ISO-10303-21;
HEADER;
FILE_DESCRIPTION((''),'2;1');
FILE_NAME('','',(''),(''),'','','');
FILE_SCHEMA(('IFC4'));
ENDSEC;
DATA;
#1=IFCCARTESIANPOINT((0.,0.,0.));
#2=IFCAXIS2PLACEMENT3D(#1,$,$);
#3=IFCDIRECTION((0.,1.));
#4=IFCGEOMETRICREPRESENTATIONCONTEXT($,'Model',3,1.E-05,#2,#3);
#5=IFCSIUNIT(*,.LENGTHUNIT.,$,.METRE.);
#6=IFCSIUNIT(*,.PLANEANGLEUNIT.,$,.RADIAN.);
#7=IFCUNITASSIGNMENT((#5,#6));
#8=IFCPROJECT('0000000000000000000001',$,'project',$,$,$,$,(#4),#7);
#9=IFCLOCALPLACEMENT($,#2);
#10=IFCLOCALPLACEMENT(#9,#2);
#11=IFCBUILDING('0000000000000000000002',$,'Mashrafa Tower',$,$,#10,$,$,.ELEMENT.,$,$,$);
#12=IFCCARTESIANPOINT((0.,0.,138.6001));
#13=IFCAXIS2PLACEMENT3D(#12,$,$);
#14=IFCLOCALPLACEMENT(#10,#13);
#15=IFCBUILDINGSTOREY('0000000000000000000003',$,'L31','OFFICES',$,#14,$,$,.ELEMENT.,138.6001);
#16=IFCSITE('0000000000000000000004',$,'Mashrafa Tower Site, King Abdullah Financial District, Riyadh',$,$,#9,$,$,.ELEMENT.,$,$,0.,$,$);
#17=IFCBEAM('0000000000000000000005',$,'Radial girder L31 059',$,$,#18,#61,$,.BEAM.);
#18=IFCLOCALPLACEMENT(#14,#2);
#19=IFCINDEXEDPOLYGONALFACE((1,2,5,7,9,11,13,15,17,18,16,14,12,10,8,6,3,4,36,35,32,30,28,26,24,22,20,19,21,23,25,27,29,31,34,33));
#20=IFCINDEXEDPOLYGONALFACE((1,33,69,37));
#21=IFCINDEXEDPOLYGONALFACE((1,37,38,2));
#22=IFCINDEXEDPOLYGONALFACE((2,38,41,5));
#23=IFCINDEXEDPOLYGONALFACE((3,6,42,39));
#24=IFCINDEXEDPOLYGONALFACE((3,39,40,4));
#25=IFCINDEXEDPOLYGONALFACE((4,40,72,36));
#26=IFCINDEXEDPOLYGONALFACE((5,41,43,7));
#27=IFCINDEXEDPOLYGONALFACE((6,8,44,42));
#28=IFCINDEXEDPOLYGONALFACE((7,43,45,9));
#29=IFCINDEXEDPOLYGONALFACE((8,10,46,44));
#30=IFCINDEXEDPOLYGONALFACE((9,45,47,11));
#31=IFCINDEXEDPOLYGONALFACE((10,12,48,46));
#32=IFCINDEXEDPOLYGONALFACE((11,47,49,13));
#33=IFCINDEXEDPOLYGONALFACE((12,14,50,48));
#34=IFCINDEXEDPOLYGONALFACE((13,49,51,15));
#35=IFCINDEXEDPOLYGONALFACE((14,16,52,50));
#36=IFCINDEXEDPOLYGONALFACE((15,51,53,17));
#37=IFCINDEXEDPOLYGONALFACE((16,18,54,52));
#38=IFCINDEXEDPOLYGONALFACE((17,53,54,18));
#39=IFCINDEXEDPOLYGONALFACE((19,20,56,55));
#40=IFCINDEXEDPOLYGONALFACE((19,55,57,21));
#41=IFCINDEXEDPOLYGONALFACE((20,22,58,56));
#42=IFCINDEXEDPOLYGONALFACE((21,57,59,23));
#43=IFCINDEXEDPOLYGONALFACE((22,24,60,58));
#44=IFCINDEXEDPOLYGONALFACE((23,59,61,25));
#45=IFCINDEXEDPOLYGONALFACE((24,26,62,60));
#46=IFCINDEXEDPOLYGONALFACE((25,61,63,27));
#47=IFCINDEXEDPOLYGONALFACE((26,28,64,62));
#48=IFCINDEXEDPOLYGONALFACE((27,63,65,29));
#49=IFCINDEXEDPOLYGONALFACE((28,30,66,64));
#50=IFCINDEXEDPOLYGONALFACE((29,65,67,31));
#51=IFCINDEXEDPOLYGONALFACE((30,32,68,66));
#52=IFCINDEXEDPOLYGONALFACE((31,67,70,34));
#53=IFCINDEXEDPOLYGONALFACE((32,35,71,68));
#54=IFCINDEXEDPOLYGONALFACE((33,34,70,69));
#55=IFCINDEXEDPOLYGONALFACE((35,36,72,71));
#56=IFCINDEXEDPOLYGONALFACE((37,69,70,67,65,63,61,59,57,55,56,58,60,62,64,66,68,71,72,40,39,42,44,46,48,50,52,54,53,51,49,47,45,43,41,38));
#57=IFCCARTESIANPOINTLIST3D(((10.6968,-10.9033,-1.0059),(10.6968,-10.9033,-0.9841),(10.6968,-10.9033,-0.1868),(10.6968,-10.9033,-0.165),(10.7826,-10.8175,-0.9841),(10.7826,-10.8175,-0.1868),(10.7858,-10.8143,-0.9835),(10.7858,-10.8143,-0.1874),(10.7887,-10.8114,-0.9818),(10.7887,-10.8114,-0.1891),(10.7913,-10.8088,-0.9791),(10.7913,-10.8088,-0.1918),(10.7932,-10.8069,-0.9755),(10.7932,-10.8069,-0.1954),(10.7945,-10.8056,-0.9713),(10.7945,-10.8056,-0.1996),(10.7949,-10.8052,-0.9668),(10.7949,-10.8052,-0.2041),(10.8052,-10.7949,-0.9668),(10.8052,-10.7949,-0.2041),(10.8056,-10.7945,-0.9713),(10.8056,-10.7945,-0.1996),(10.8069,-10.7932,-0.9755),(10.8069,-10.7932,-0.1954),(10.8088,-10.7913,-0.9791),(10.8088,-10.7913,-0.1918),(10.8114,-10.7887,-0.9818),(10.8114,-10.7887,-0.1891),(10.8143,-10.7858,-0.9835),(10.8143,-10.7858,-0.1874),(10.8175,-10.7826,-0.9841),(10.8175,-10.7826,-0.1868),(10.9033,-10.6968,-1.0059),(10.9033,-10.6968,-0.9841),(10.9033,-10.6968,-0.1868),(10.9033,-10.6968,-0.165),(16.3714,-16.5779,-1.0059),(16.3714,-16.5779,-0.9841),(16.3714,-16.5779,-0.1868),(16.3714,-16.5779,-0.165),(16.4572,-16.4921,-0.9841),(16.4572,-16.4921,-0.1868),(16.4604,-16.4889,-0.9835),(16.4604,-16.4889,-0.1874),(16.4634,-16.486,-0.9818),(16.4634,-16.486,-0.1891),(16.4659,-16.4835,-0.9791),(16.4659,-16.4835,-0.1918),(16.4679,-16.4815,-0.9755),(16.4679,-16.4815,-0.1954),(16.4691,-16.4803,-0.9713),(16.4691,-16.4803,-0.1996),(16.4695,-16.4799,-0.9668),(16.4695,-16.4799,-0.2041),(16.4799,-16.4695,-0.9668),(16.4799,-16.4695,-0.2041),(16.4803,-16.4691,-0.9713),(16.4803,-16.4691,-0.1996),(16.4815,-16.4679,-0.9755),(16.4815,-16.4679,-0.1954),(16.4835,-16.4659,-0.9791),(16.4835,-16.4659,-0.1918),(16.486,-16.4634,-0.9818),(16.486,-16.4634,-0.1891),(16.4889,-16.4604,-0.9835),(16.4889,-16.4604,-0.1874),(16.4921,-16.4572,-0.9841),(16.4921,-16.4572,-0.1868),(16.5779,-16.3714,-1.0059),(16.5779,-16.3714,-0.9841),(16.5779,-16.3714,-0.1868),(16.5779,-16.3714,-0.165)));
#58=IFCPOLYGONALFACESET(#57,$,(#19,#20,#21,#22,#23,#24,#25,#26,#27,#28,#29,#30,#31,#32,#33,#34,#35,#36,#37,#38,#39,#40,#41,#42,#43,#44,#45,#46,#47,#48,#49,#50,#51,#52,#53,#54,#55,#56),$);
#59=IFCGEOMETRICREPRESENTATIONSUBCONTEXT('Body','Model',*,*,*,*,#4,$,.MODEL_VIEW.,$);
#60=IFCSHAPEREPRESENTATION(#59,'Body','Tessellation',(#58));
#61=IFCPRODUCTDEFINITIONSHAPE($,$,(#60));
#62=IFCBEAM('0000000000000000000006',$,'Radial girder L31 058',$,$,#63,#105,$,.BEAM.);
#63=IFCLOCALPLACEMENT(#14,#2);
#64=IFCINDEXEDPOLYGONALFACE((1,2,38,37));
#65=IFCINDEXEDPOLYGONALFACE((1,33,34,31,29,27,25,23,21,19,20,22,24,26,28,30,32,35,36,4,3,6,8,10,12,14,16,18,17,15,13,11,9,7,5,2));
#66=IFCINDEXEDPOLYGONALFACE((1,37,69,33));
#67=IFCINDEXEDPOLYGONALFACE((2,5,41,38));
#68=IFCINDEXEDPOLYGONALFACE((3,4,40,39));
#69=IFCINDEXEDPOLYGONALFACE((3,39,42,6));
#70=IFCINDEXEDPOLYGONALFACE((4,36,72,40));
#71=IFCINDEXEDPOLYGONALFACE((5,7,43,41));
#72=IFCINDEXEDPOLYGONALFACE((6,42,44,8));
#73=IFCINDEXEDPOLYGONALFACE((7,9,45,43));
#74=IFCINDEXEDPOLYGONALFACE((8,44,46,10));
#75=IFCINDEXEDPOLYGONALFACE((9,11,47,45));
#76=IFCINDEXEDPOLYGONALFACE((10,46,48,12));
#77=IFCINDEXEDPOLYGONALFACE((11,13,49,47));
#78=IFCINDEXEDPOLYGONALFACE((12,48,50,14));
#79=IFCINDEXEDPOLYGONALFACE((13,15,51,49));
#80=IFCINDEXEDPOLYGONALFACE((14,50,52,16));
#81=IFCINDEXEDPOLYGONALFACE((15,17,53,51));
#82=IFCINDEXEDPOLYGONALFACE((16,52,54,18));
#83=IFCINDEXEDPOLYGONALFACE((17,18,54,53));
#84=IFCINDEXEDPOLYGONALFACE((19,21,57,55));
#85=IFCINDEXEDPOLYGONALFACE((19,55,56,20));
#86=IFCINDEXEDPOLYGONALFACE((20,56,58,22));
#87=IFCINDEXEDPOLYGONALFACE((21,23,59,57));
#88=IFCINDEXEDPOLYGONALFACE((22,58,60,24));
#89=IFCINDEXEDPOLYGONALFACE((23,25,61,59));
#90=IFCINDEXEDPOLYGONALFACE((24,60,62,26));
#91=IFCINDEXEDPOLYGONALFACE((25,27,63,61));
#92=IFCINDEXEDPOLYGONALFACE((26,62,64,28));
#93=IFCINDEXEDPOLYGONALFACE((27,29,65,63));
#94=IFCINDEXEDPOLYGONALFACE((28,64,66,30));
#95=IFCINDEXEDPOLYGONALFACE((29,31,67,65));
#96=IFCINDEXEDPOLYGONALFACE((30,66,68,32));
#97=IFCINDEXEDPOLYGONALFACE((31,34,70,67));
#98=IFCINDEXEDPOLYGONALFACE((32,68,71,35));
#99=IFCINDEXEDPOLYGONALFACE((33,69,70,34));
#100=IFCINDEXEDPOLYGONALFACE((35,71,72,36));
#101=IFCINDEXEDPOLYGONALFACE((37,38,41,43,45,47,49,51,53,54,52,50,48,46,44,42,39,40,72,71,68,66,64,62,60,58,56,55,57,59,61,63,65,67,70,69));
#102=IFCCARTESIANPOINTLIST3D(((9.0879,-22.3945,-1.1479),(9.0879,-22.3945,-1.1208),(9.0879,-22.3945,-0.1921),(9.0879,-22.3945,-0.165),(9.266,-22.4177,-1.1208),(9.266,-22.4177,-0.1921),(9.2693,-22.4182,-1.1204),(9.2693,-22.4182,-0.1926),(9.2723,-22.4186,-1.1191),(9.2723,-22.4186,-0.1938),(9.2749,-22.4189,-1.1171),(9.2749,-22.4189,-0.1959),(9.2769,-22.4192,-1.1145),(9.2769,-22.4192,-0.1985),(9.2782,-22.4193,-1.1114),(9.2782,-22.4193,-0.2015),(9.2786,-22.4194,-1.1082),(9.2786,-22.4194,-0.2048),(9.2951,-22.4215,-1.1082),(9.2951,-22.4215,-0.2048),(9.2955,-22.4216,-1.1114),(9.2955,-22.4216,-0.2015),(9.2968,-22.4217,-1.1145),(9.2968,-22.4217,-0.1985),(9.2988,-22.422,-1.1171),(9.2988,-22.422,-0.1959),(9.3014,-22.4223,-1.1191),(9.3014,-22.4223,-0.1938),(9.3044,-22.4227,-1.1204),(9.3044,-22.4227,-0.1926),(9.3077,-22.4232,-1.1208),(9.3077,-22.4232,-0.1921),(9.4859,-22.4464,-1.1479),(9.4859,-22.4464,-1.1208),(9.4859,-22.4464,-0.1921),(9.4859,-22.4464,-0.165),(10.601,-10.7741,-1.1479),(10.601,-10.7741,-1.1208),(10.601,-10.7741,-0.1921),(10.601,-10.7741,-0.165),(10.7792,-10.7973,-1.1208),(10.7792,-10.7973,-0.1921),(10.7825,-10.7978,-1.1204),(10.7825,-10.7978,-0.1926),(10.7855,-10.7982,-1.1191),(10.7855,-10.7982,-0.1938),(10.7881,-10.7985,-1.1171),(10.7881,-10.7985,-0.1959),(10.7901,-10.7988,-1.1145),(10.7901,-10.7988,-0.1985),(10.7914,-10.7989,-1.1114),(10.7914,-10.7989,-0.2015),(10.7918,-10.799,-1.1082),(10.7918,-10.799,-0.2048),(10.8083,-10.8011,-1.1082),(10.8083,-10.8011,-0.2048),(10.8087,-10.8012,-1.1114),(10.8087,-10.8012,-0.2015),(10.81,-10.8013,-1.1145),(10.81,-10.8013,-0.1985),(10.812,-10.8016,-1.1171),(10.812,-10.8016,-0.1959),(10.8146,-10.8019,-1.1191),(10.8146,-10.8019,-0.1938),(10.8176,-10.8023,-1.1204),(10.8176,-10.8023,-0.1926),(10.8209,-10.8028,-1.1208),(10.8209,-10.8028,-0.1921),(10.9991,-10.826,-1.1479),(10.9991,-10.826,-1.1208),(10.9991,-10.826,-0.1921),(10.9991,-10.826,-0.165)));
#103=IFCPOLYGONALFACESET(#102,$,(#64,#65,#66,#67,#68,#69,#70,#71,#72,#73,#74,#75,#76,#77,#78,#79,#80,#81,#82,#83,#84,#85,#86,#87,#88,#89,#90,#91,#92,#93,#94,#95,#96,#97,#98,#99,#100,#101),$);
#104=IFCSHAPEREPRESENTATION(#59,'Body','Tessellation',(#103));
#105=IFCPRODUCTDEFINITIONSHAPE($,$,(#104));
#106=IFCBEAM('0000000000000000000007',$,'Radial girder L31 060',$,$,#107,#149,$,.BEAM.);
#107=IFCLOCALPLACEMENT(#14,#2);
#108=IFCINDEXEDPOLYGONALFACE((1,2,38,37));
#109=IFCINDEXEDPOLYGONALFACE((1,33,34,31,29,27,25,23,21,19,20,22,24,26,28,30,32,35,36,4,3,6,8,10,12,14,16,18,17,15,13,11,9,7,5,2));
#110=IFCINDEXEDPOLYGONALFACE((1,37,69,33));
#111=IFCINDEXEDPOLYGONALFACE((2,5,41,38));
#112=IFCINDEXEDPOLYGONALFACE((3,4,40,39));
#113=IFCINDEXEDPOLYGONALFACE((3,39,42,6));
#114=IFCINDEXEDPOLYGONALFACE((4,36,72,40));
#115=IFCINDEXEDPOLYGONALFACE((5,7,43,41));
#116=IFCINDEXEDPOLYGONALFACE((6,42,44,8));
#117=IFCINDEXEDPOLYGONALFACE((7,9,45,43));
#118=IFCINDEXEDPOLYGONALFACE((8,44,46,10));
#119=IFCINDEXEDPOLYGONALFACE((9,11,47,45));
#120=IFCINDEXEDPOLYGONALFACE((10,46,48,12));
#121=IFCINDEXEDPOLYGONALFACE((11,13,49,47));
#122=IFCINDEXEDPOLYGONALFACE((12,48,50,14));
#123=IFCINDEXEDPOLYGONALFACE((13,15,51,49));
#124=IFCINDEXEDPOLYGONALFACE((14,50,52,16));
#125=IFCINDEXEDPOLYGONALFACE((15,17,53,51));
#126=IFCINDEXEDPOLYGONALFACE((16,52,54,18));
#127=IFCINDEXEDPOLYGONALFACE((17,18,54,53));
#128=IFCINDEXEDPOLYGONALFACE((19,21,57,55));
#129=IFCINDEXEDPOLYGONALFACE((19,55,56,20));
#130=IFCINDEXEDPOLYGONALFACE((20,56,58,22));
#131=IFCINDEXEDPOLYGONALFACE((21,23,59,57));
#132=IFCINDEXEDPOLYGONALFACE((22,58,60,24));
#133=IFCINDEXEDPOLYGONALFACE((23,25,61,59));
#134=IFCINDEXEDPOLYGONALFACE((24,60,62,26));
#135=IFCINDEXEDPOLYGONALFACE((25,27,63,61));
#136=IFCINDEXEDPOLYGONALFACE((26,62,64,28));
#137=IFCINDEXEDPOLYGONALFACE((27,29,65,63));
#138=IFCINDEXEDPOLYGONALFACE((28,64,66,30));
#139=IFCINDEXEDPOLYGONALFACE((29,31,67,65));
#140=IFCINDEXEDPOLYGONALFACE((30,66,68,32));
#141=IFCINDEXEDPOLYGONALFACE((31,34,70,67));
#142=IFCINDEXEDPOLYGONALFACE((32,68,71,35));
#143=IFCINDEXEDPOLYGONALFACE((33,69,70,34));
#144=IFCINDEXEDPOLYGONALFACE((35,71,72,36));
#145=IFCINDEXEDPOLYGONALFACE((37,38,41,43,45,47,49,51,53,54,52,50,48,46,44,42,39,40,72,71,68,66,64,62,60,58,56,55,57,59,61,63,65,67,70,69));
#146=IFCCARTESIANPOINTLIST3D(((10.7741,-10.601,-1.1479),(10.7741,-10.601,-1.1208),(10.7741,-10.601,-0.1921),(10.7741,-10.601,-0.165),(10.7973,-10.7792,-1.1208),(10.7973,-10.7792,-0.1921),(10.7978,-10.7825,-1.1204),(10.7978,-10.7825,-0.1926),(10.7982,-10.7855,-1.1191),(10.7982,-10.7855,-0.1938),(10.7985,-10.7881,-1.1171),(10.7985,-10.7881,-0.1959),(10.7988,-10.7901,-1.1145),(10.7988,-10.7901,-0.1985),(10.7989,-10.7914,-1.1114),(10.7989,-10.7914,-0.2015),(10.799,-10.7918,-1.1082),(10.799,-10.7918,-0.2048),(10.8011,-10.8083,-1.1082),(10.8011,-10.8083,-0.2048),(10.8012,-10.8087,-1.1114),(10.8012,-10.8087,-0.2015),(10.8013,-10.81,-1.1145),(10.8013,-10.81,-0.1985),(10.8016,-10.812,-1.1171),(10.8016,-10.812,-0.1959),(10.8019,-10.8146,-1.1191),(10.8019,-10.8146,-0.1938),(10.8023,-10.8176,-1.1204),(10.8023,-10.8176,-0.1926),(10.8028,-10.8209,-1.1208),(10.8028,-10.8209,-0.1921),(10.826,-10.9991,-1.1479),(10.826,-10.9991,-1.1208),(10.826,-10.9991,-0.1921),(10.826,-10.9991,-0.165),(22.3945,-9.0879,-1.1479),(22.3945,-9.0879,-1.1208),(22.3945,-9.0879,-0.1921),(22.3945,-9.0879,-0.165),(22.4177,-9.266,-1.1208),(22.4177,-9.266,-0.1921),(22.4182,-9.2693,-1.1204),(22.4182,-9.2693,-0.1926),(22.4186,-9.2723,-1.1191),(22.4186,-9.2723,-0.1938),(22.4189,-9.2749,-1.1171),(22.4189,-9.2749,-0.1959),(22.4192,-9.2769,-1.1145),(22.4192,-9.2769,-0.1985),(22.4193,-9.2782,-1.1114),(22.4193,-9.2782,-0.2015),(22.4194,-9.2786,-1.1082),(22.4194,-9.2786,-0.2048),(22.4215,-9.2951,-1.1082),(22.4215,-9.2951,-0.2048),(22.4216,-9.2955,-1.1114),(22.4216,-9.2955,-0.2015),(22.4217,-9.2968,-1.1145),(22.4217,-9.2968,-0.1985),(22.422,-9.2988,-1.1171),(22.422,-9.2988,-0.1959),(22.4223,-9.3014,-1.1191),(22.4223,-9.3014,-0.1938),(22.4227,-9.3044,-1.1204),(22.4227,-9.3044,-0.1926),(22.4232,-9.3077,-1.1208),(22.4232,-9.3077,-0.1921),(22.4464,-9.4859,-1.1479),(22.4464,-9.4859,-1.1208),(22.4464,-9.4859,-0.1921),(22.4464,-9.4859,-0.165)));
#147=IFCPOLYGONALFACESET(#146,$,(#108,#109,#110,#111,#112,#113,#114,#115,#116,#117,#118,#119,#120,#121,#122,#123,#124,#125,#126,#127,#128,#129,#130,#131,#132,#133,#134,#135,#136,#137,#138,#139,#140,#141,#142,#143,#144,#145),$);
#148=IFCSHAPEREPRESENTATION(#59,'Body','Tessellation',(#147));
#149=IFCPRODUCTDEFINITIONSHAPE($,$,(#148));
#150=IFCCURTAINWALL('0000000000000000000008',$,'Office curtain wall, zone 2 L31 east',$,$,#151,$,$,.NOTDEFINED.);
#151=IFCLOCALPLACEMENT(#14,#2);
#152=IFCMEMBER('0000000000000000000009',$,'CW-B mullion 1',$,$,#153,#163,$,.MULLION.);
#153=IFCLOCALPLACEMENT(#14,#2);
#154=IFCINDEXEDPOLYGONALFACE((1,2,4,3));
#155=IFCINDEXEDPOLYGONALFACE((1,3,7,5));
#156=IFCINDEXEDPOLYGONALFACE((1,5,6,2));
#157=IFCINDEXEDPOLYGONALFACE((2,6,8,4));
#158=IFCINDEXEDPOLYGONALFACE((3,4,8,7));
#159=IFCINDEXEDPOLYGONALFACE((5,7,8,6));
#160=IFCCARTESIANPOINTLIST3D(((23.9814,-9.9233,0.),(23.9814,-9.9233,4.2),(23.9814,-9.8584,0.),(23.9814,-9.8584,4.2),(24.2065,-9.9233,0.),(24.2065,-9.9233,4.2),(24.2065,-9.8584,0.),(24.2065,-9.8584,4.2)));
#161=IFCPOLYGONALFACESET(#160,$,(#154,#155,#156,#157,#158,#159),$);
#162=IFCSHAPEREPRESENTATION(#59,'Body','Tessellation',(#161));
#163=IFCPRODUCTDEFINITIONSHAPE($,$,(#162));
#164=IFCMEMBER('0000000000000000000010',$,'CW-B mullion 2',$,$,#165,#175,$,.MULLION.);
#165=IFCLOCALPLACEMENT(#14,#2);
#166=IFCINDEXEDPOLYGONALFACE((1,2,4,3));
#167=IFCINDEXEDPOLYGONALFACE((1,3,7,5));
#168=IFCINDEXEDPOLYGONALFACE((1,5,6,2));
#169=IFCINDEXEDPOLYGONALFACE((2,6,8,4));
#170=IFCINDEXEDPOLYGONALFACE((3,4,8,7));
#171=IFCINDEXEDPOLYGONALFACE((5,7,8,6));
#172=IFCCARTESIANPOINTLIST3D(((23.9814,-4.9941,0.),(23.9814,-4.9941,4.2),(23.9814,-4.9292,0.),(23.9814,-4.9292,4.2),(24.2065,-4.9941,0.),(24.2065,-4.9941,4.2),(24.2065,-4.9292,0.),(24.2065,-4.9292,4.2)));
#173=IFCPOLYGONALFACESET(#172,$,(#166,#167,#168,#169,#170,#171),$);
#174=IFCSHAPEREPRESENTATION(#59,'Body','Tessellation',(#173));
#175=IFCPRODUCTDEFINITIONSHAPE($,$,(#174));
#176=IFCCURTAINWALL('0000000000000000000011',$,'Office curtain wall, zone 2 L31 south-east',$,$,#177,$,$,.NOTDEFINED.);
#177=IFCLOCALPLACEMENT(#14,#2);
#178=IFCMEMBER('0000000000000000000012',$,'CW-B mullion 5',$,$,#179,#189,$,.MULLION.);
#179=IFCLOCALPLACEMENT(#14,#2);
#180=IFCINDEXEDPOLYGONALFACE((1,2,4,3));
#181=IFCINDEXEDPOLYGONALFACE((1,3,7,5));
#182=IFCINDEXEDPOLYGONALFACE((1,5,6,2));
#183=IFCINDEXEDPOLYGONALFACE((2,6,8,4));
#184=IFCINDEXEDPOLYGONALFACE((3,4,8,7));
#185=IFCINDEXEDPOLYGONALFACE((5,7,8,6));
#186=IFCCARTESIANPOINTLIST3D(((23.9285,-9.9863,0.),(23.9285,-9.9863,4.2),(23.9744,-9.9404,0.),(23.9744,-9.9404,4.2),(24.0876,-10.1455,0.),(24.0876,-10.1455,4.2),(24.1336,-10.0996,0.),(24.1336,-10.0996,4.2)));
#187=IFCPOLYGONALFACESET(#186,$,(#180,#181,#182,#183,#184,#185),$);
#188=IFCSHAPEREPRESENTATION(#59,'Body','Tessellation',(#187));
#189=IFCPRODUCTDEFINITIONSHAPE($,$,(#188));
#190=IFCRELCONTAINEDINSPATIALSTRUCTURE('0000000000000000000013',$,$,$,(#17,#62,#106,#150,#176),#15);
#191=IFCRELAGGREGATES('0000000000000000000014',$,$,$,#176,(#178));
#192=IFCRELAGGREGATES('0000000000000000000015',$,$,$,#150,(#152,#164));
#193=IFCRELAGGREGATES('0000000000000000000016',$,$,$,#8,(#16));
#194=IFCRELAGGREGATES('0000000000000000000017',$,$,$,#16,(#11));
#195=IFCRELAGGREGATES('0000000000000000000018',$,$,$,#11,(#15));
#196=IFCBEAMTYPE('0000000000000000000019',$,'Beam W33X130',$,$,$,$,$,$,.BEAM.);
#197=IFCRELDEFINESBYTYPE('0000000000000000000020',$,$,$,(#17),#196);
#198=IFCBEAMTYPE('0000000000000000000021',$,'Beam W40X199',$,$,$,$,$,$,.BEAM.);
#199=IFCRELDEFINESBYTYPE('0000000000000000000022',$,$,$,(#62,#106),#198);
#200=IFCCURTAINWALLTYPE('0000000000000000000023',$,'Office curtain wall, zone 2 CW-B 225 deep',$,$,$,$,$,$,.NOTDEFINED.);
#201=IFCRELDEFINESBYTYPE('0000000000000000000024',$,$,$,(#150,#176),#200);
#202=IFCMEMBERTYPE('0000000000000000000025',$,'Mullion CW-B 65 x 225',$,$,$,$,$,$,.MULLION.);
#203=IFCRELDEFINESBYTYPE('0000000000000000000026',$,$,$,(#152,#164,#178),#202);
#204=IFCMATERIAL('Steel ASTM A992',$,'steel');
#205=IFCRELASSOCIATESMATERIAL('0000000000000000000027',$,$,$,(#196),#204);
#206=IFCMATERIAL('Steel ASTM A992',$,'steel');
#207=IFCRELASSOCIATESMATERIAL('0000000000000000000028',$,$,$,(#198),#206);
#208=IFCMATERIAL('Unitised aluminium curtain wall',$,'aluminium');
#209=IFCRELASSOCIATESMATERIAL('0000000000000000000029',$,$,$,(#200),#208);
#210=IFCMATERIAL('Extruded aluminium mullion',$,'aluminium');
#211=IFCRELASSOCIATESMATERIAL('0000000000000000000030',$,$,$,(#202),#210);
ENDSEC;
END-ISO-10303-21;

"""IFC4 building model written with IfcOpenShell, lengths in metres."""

from ifc_helpers import new_model, si_unit, direction, frame, origin, origin_2d, place, context, subcontext, project, spatial, rectangle, i_section, extrude, source, transform, mapped, material, material_profile, profile_set, type_object, type_shapes, element, aggregate, save


model = new_model("IFC4")

# Units and contexts
model_context = context("Model", 3, precision=1e-05, world=origin(), true_north=direction((0.0, 1.0)))
body_context = subcontext(model_context, "Body", "Model", "MODEL_VIEW")
ifc_project = project(units=[si_unit("LENGTHUNIT", "METRE"), si_unit("PLANEANGLEUNIT", "RADIAN")], contexts=[model_context])

# Site, building, storey
site_placement = place(None, origin())
site = spatial("IfcSite", under=ifc_project, at=site_placement, Name="Mashrafa Tower Site, King Abdullah Financial District, Riyadh", CompositionType="ELEMENT", RefElevation=0.0)
building_placement = place(site_placement, origin())
building = spatial("IfcBuilding", under=site, at=building_placement, Name="Mashrafa Tower", CompositionType="ELEMENT")
storey_placement = place(building_placement, frame((0.0, 0.0, 138.6001)))
storey = spatial("IfcBuildingStorey", under=building, at=storey_placement, Name="L31", Description="OFFICES", CompositionType="ELEMENT", Elevation=138.6001)

# Beams
ifc_material_1 = material(Name="Steel ASTM A992", Category="steel")
ifc_material_profile_1 = material_profile(ifc_material_1, i_section(OverallWidth=0.292, OverallDepth=0.8408, WebThickness=0.0146, FlangeThickness=0.0217, FilletRadius=0.0173, at=origin_2d()), Name="W33X130")
ifc_profile_set_1 = profile_set([ifc_material_profile_1], Name="Steel ASTM A992")
beam_type_1 = type_object("IfcBeamType", Name="Beam W33X130", PredefinedType="BEAM", material=ifc_profile_set_1)
beam_1_placement = place(storey_placement, frame((10.8, -10.8, -0.5854), z_axis=(0.707107, -0.707107, 0.0), x_axis=(0.707107, 0.707107, 0.0)))
element("IfcBeam", 1, at=beam_1_placement, inside=storey, type_object=beam_type_1, Name="Radial girder L31 059", PredefinedType="BEAM", context=body_context, shape_type="SweptSolid", body=[
    extrude(i_section(OverallWidth=0.292, OverallDepth=0.8408, WebThickness=0.0146, FlangeThickness=0.0217, FilletRadius=0.0173, at=origin_2d()), origin(), (0.0, 0.0, 1.0), 8.0251),
])
ifc_material_2 = material(Name="Steel ASTM A992", Category="steel")
ifc_material_profile_2 = material_profile(ifc_material_2, i_section(OverallWidth=0.4014, OverallDepth=0.9829, WebThickness=0.0166, FlangeThickness=0.0271, FilletRadius=0.0127, at=origin_2d()), Name="W40X199")
ifc_profile_set_2 = profile_set([ifc_material_profile_2], Name="Steel ASTM A992")
beam_type_2 = type_object("IfcBeamType", Name="Beam W40X199", PredefinedType="BEAM", material=ifc_profile_set_2)
for number, where, z_axis, x_axis, name in (
    (2, (10.8, -10.8, -0.6565), (-0.129128, -0.991628, 0.0), (0.991628, -0.129128, 0.0), "Radial girder L31 058"),
    (3, (10.8, -10.8, -0.6565), (0.991628, 0.129128, 0.0), (-0.129128, 0.991628, 0.0), "Radial girder L31 060"),
):
    element("IfcBeam", number, at=place(storey_placement, frame(where, z_axis=z_axis, x_axis=x_axis)), inside=storey, type_object=beam_type_2, Name=name, PredefinedType="BEAM", context=body_context, shape_type="SweptSolid", body=[
        extrude(i_section(OverallWidth=0.4014, OverallDepth=0.9829, WebThickness=0.0166, FlangeThickness=0.0271, FilletRadius=0.0127, at=origin_2d()), origin(), (0.0, 0.0, 1.0), 11.7185),
    ])

# Curtain wall, members
ifc_material_3 = material(Name="Unitised aluminium curtain wall", Category="aluminium")
curtain_wall_type = type_object("IfcCurtainWallType", Name="Office curtain wall, zone 2 CW-B 225 deep", PredefinedType="NOTDEFINED", material=ifc_material_3)
curtain_wall_1_placement = place(storey_placement, origin())
curtain_wall_1 = element("IfcCurtainWall", 4, at=curtain_wall_1_placement, inside=storey, type_object=curtain_wall_type, Name="Office curtain wall, zone 2 L31 east", PredefinedType="NOTDEFINED")
ifc_material_4 = material(Name="Extruded aluminium mullion", Category="aluminium")
ifc_material_profile_3 = material_profile(ifc_material_4, rectangle(XDim=0.2251, YDim=0.0649, at=origin_2d()), Name="Mullion 65x225")
ifc_profile_set_3 = profile_set([ifc_material_profile_3], Name="Extruded aluminium mullion")
member_type_1 = type_object("IfcMemberType", Name="Mullion CW-B 65 x 225", PredefinedType="MULLION", material=ifc_profile_set_3)
shared_shape_1 = source(origin(), body_context, "Body", "SweptSolid", [
    extrude(rectangle(XDim=0.2251, YDim=0.0649, at=origin_2d()), origin(), (0.0, 0.0, 1.0), 4.2),
])
type_shapes(member_type_1, [shared_shape_1])
member_1_placement = place(storey_placement, frame((24.094, -9.8909, 0.0), z_axis=(0.0, 0.0, 1.0), x_axis=(-1.0, 0.0, 0.0)))
member_1 = element("IfcMember", 5, at=member_1_placement, type_object=member_type_1, Name="CW-B mullion 1", PredefinedType="MULLION", context=body_context, shape_type="MappedRepresentation", body=[
    mapped(shared_shape_1, transform((0.0, 0.0, 0.0))),
])
member_2_placement = place(storey_placement, frame((24.094, -4.9617, 0.0), z_axis=(0.0, 0.0, 1.0), x_axis=(-1.0, 0.0, 0.0)))
member_2 = element("IfcMember", 6, at=member_2_placement, type_object=member_type_1, Name="CW-B mullion 2", PredefinedType="MULLION", context=body_context, shape_type="MappedRepresentation", body=[
    mapped(shared_shape_1, transform((0.0, 0.0, 0.0))),
])

# Curtain wall, member
curtain_wall_2_placement = place(storey_placement, origin())
curtain_wall_2 = element("IfcCurtainWall", 7, at=curtain_wall_2_placement, inside=storey, type_object=curtain_wall_type, Name="Office curtain wall, zone 2 L31 south-east", PredefinedType="NOTDEFINED")
member_3_placement = place(storey_placement, frame((24.031, -10.043, 0.0), z_axis=(0.0, 0.0, 1.0), x_axis=(-0.707107, 0.707107, 0.0)))
member_3 = element("IfcMember", 8, at=member_3_placement, type_object=member_type_1, Name="CW-B mullion 5", PredefinedType="MULLION", context=body_context, shape_type="MappedRepresentation", body=[
    mapped(shared_shape_1, transform((0.0, 0.0, 0.0))),
])
aggregate(curtain_wall_2, [member_3])

aggregate(curtain_wall_1, [member_1, member_2])

save(model, "model.ifc")
